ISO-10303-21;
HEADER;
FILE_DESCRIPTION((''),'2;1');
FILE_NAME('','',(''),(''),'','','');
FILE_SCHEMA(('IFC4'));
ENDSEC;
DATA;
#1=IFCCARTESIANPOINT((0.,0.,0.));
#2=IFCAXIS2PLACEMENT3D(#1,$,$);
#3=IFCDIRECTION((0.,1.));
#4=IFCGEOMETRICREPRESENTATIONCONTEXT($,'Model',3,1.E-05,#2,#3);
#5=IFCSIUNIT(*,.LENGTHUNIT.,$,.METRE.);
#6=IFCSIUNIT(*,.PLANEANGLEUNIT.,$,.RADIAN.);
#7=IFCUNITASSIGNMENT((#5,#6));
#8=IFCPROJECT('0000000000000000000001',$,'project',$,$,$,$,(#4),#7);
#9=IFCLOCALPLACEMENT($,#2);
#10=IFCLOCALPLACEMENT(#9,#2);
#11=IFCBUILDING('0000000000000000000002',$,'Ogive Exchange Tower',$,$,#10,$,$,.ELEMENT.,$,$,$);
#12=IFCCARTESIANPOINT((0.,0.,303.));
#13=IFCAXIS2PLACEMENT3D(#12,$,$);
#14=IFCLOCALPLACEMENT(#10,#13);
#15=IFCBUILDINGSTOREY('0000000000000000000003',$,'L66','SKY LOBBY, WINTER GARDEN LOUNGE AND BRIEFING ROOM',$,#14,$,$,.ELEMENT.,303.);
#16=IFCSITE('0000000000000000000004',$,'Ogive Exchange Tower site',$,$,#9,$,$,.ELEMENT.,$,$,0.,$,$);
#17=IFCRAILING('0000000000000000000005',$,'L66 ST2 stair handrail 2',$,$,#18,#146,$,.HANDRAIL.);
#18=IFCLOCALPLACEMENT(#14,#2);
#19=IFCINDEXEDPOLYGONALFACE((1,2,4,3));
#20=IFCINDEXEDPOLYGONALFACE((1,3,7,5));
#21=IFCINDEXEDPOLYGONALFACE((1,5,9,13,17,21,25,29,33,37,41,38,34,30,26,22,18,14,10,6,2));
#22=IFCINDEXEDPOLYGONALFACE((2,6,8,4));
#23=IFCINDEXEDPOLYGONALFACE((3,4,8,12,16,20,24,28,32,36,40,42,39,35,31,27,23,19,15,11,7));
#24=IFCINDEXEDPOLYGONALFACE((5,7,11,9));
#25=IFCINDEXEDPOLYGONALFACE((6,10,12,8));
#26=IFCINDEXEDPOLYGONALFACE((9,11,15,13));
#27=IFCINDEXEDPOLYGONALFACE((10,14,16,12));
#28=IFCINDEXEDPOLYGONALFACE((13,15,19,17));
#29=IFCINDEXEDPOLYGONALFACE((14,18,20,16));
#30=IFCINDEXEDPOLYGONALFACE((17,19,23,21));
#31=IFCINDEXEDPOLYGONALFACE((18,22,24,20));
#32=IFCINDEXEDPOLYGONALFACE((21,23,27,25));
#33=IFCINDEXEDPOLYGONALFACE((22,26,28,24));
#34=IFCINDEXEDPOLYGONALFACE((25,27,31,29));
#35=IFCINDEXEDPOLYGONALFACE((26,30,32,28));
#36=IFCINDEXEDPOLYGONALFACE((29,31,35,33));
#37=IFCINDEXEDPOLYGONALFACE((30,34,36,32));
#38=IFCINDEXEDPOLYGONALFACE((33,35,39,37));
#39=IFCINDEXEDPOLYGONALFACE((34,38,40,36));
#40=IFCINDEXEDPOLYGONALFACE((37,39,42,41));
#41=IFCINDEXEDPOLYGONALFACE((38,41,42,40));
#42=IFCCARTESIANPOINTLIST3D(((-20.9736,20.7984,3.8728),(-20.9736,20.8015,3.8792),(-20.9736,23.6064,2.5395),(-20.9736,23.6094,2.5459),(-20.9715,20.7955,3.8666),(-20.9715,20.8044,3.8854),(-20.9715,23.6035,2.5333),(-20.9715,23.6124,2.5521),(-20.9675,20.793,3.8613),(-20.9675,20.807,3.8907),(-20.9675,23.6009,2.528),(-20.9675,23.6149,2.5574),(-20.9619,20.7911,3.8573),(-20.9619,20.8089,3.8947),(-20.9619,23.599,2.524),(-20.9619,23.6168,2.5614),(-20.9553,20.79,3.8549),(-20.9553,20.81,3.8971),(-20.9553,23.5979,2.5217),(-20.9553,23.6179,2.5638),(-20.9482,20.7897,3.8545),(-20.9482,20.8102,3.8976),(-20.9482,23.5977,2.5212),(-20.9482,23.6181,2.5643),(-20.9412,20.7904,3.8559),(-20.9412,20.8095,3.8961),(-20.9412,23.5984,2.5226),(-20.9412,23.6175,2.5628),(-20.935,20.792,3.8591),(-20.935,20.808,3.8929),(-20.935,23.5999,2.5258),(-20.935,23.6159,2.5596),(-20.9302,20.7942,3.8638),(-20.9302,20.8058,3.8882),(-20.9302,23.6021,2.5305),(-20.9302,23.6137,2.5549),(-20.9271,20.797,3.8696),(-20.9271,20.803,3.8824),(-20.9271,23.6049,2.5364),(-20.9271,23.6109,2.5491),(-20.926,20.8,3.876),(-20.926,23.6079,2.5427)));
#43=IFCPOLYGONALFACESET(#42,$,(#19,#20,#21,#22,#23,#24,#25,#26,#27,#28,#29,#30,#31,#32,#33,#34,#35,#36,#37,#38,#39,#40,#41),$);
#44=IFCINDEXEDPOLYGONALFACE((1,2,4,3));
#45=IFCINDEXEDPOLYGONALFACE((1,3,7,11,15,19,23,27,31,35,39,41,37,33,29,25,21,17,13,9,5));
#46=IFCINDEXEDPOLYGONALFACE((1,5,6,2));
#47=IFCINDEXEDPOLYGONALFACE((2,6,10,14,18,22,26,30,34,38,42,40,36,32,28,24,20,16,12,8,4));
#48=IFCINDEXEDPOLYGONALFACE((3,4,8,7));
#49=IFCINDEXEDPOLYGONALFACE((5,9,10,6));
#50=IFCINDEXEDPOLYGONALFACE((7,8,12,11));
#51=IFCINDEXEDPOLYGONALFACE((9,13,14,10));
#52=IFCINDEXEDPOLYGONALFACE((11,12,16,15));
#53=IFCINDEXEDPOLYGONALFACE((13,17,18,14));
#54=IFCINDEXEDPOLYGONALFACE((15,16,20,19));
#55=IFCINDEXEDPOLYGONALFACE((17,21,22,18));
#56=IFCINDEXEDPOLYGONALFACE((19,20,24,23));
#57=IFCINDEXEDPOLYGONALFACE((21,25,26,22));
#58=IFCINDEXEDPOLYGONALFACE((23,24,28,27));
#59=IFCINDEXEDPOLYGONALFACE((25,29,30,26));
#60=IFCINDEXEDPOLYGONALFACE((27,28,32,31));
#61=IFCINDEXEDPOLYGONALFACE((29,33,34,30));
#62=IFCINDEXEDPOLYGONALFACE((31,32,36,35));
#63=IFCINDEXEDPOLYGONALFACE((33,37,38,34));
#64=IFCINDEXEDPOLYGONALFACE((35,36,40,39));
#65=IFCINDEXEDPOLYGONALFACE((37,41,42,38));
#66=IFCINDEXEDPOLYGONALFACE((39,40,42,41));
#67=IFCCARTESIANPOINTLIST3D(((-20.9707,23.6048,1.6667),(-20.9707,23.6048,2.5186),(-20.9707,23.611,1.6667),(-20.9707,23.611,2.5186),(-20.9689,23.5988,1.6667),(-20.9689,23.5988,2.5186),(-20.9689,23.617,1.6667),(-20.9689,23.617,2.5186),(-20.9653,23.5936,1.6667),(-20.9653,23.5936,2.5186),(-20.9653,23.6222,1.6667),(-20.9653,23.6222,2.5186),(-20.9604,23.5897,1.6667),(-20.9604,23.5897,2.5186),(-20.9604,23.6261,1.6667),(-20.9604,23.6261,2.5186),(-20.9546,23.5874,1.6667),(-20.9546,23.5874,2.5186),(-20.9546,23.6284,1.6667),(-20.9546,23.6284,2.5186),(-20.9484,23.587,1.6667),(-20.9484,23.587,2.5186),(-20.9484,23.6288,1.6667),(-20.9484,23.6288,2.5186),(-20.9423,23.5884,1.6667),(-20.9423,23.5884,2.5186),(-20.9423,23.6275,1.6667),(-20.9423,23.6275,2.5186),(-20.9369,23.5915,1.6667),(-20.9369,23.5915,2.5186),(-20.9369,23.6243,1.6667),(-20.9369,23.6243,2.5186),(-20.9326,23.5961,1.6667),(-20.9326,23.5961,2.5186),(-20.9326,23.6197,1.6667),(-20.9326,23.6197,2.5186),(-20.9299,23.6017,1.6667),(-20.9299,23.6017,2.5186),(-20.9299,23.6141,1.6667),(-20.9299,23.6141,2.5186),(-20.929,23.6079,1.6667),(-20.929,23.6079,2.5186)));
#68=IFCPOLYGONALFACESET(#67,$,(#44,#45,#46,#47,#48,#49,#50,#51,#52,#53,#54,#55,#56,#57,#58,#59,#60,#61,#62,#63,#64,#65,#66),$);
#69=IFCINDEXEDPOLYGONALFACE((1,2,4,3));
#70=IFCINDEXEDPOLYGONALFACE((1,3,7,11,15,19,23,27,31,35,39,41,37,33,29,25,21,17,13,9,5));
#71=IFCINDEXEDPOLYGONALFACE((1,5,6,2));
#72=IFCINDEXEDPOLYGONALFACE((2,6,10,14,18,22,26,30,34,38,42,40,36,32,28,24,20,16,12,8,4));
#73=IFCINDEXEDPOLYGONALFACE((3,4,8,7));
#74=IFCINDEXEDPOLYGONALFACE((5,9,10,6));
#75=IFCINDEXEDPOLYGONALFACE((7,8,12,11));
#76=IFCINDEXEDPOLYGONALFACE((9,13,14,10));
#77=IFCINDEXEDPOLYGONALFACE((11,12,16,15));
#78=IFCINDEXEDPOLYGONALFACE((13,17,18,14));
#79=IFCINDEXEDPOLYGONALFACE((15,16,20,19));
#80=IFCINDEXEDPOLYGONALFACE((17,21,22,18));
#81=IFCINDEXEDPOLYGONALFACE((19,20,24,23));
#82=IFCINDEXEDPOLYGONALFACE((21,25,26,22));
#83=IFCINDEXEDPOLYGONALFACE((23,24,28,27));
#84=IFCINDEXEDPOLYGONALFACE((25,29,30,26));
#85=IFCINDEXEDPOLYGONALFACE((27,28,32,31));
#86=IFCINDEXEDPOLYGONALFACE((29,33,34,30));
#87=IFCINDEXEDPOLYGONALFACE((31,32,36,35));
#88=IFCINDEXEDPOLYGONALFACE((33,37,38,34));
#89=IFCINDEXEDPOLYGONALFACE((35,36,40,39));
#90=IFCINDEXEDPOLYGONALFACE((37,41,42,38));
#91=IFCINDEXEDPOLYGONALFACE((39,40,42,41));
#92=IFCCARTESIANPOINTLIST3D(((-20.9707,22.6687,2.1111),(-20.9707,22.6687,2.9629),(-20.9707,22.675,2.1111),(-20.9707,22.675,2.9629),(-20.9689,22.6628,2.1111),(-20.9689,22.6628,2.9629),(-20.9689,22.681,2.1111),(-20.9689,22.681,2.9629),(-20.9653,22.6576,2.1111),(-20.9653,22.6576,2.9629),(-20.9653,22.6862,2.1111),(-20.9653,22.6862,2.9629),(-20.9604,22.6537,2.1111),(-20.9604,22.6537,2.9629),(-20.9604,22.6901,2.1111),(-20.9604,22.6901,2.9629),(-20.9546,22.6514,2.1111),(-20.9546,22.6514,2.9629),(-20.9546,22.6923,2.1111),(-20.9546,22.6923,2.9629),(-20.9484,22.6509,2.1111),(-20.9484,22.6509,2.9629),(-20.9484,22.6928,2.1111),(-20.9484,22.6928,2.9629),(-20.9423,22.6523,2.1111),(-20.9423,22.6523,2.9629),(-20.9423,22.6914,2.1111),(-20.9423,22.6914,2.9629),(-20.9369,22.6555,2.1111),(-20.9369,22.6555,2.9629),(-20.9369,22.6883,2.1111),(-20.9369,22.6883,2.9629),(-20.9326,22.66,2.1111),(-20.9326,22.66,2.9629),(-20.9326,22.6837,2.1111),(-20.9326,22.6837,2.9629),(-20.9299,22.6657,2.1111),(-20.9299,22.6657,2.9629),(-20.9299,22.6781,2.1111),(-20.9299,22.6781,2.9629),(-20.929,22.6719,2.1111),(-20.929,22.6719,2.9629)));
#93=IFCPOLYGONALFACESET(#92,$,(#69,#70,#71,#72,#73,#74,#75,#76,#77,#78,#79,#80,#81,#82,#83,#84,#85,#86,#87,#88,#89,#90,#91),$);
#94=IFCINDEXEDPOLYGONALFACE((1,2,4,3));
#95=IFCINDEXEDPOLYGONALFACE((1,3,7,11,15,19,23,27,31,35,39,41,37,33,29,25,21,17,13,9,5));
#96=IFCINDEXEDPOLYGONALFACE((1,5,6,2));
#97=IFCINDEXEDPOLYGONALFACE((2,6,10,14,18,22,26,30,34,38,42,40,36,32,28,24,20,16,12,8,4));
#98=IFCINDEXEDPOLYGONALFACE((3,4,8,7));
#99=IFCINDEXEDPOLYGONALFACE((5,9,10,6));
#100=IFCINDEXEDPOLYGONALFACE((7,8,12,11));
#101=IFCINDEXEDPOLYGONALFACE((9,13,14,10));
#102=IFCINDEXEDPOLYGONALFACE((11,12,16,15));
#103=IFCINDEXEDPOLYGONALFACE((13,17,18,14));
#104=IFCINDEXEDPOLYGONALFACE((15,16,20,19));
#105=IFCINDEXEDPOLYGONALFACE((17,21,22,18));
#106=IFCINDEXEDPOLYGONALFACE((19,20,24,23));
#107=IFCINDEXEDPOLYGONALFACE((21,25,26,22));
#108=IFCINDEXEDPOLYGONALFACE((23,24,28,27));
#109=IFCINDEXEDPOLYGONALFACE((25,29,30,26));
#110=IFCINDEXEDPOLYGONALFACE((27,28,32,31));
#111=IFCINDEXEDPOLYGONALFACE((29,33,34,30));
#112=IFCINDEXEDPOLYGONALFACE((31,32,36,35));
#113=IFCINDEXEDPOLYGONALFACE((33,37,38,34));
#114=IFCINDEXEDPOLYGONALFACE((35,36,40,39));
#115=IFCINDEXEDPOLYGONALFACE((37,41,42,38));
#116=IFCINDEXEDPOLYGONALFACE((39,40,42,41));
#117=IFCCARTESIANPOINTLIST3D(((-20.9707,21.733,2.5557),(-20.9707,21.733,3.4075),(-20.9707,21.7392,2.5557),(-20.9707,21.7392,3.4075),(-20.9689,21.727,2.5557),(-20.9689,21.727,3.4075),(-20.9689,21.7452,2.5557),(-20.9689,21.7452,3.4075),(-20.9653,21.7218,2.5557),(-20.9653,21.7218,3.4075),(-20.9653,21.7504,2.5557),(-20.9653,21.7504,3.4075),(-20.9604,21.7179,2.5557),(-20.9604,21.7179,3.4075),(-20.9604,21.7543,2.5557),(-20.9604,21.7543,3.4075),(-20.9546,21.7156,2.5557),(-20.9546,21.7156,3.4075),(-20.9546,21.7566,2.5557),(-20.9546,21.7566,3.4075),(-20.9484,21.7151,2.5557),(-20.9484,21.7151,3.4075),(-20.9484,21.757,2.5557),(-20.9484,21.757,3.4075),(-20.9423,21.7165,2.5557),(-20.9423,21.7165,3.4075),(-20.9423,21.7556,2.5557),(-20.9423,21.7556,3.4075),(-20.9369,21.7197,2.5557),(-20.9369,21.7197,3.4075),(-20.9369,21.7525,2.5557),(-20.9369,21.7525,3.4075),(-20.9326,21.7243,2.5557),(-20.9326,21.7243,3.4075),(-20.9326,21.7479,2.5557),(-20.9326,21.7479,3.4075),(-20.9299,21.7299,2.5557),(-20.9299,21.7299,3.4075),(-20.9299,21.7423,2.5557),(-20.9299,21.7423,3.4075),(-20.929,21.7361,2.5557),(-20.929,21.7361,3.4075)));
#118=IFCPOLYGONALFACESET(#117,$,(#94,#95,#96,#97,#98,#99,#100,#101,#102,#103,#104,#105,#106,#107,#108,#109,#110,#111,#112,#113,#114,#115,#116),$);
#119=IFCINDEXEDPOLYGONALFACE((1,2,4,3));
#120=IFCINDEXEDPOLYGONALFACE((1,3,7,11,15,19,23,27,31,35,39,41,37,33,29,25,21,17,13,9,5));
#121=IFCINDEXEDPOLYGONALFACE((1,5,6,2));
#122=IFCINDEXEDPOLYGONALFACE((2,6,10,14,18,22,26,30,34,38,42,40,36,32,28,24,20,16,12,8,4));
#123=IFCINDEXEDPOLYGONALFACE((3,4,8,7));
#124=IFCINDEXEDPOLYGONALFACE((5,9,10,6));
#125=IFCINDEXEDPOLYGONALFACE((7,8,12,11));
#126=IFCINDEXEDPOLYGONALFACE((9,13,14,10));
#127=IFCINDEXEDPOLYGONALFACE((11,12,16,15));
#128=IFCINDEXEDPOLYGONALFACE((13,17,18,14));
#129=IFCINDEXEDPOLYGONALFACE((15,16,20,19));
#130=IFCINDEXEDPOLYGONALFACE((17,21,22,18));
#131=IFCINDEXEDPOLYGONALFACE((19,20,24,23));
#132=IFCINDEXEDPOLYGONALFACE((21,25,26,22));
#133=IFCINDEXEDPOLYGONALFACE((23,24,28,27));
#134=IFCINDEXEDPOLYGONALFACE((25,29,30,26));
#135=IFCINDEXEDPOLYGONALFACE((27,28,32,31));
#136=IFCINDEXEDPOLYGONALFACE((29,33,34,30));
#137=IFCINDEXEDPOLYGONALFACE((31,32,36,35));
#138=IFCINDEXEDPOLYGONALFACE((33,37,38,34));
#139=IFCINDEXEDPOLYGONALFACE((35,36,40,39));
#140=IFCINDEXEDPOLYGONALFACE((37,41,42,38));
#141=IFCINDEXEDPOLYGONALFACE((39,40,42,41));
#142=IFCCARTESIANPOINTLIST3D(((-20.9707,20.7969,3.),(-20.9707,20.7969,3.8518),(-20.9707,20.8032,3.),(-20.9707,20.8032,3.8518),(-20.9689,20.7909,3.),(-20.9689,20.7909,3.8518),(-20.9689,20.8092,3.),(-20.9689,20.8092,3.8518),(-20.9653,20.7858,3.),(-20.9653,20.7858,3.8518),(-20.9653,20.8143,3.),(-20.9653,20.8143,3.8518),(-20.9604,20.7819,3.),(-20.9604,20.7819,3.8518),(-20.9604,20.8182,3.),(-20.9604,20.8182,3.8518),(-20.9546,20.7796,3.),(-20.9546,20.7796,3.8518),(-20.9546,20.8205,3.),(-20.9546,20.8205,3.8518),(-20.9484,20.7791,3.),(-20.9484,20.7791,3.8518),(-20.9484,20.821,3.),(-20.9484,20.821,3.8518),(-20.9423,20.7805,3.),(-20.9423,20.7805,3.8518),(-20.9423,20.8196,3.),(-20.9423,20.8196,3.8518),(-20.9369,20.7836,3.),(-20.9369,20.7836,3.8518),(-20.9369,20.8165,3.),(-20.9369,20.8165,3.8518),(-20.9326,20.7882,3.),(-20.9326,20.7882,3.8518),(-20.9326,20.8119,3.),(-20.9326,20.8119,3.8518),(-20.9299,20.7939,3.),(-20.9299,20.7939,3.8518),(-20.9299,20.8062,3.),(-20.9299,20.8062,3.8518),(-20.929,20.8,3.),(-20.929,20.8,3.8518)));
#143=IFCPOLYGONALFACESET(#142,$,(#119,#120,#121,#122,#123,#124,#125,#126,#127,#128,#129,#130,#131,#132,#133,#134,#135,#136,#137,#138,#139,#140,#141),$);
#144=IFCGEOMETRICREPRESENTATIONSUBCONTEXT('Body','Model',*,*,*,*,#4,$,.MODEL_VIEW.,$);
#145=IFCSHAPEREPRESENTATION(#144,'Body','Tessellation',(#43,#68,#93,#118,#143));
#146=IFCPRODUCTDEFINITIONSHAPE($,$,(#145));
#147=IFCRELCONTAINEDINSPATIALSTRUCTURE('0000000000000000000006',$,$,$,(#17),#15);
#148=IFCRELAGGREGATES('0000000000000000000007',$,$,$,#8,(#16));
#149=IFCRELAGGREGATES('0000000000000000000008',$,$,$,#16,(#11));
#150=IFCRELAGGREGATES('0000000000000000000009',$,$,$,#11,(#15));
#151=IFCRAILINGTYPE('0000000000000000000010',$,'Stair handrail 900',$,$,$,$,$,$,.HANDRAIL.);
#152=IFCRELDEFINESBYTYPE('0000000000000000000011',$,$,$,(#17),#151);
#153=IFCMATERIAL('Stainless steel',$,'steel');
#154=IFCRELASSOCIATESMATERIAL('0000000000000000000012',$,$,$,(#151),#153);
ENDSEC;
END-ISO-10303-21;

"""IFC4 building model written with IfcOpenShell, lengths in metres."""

from ifc_helpers import new_model, si_unit, direction, frame, origin, origin_2d, place, context, subcontext, project, spatial, circle, extrude, material, type_object, element, save


model = new_model("IFC4")

# Units and contexts
model_context = context("Model", 3, precision=1e-05, world=origin(), true_north=direction((0.0, 1.0)))
body_context = subcontext(model_context, "Body", "Model", "MODEL_VIEW")
ifc_project = project(units=[si_unit("LENGTHUNIT", "METRE"), si_unit("PLANEANGLEUNIT", "RADIAN")], contexts=[model_context])

# Site, building, storey
site_placement = place(None, origin())
site = spatial("IfcSite", under=ifc_project, at=site_placement, Name="Ogive Exchange Tower site", CompositionType="ELEMENT", RefElevation=0.0)
building_placement = place(site_placement, origin())
building = spatial("IfcBuilding", under=site, at=building_placement, Name="Ogive Exchange Tower", CompositionType="ELEMENT")
storey_placement = place(building_placement, frame((0.0, 0.0, 303.0)))
storey = spatial("IfcBuildingStorey", under=building, at=storey_placement, Name="L66", Description="SKY LOBBY, WINTER GARDEN LOUNGE AND BRIEFING ROOM", CompositionType="ELEMENT", Elevation=303.0)

# Railing
ifc_material_1 = material(Name="Stainless steel", Category="steel")
railing_type = type_object("IfcRailingType", Name="Stair handrail 900", PredefinedType="HANDRAIL", material=ifc_material_1)
railing_1_placement = place(storey_placement, frame((-20.95, 23.6079, 1.6667)))
element("IfcRailing", 1, at=railing_1_placement, inside=storey, type_object=railing_type, Name="L66 ST2 stair handrail 2", PredefinedType="HANDRAIL", context=body_context, shape_type="SweptSolid", body=[
    extrude(circle(Radius=0.0239, at=origin_2d()), frame((0.0, 0.0, 0.876), z_axis=(0.0, -0.903338, 0.42893), x_axis=(1.0, 0.0, 0.0)), (0.0, 0.0, 1.0), 3.1084),
    extrude(circle(Radius=0.021, at=origin_2d()), origin(), (0.0, 0.0, 1.0), 0.8518),
    extrude(circle(Radius=0.021, at=origin_2d()), frame((0.0, -0.936, 0.4443)), (0.0, 0.0, 1.0), 0.8518),
    extrude(circle(Radius=0.021, at=origin_2d()), frame((0.0, -1.8718, 0.8889)), (0.0, 0.0, 1.0), 0.8518),
    extrude(circle(Radius=0.021, at=origin_2d()), frame((0.0, -2.8079, 1.3333)), (0.0, 0.0, 1.0), 0.8518),
])

save(model, "model.ifc")
